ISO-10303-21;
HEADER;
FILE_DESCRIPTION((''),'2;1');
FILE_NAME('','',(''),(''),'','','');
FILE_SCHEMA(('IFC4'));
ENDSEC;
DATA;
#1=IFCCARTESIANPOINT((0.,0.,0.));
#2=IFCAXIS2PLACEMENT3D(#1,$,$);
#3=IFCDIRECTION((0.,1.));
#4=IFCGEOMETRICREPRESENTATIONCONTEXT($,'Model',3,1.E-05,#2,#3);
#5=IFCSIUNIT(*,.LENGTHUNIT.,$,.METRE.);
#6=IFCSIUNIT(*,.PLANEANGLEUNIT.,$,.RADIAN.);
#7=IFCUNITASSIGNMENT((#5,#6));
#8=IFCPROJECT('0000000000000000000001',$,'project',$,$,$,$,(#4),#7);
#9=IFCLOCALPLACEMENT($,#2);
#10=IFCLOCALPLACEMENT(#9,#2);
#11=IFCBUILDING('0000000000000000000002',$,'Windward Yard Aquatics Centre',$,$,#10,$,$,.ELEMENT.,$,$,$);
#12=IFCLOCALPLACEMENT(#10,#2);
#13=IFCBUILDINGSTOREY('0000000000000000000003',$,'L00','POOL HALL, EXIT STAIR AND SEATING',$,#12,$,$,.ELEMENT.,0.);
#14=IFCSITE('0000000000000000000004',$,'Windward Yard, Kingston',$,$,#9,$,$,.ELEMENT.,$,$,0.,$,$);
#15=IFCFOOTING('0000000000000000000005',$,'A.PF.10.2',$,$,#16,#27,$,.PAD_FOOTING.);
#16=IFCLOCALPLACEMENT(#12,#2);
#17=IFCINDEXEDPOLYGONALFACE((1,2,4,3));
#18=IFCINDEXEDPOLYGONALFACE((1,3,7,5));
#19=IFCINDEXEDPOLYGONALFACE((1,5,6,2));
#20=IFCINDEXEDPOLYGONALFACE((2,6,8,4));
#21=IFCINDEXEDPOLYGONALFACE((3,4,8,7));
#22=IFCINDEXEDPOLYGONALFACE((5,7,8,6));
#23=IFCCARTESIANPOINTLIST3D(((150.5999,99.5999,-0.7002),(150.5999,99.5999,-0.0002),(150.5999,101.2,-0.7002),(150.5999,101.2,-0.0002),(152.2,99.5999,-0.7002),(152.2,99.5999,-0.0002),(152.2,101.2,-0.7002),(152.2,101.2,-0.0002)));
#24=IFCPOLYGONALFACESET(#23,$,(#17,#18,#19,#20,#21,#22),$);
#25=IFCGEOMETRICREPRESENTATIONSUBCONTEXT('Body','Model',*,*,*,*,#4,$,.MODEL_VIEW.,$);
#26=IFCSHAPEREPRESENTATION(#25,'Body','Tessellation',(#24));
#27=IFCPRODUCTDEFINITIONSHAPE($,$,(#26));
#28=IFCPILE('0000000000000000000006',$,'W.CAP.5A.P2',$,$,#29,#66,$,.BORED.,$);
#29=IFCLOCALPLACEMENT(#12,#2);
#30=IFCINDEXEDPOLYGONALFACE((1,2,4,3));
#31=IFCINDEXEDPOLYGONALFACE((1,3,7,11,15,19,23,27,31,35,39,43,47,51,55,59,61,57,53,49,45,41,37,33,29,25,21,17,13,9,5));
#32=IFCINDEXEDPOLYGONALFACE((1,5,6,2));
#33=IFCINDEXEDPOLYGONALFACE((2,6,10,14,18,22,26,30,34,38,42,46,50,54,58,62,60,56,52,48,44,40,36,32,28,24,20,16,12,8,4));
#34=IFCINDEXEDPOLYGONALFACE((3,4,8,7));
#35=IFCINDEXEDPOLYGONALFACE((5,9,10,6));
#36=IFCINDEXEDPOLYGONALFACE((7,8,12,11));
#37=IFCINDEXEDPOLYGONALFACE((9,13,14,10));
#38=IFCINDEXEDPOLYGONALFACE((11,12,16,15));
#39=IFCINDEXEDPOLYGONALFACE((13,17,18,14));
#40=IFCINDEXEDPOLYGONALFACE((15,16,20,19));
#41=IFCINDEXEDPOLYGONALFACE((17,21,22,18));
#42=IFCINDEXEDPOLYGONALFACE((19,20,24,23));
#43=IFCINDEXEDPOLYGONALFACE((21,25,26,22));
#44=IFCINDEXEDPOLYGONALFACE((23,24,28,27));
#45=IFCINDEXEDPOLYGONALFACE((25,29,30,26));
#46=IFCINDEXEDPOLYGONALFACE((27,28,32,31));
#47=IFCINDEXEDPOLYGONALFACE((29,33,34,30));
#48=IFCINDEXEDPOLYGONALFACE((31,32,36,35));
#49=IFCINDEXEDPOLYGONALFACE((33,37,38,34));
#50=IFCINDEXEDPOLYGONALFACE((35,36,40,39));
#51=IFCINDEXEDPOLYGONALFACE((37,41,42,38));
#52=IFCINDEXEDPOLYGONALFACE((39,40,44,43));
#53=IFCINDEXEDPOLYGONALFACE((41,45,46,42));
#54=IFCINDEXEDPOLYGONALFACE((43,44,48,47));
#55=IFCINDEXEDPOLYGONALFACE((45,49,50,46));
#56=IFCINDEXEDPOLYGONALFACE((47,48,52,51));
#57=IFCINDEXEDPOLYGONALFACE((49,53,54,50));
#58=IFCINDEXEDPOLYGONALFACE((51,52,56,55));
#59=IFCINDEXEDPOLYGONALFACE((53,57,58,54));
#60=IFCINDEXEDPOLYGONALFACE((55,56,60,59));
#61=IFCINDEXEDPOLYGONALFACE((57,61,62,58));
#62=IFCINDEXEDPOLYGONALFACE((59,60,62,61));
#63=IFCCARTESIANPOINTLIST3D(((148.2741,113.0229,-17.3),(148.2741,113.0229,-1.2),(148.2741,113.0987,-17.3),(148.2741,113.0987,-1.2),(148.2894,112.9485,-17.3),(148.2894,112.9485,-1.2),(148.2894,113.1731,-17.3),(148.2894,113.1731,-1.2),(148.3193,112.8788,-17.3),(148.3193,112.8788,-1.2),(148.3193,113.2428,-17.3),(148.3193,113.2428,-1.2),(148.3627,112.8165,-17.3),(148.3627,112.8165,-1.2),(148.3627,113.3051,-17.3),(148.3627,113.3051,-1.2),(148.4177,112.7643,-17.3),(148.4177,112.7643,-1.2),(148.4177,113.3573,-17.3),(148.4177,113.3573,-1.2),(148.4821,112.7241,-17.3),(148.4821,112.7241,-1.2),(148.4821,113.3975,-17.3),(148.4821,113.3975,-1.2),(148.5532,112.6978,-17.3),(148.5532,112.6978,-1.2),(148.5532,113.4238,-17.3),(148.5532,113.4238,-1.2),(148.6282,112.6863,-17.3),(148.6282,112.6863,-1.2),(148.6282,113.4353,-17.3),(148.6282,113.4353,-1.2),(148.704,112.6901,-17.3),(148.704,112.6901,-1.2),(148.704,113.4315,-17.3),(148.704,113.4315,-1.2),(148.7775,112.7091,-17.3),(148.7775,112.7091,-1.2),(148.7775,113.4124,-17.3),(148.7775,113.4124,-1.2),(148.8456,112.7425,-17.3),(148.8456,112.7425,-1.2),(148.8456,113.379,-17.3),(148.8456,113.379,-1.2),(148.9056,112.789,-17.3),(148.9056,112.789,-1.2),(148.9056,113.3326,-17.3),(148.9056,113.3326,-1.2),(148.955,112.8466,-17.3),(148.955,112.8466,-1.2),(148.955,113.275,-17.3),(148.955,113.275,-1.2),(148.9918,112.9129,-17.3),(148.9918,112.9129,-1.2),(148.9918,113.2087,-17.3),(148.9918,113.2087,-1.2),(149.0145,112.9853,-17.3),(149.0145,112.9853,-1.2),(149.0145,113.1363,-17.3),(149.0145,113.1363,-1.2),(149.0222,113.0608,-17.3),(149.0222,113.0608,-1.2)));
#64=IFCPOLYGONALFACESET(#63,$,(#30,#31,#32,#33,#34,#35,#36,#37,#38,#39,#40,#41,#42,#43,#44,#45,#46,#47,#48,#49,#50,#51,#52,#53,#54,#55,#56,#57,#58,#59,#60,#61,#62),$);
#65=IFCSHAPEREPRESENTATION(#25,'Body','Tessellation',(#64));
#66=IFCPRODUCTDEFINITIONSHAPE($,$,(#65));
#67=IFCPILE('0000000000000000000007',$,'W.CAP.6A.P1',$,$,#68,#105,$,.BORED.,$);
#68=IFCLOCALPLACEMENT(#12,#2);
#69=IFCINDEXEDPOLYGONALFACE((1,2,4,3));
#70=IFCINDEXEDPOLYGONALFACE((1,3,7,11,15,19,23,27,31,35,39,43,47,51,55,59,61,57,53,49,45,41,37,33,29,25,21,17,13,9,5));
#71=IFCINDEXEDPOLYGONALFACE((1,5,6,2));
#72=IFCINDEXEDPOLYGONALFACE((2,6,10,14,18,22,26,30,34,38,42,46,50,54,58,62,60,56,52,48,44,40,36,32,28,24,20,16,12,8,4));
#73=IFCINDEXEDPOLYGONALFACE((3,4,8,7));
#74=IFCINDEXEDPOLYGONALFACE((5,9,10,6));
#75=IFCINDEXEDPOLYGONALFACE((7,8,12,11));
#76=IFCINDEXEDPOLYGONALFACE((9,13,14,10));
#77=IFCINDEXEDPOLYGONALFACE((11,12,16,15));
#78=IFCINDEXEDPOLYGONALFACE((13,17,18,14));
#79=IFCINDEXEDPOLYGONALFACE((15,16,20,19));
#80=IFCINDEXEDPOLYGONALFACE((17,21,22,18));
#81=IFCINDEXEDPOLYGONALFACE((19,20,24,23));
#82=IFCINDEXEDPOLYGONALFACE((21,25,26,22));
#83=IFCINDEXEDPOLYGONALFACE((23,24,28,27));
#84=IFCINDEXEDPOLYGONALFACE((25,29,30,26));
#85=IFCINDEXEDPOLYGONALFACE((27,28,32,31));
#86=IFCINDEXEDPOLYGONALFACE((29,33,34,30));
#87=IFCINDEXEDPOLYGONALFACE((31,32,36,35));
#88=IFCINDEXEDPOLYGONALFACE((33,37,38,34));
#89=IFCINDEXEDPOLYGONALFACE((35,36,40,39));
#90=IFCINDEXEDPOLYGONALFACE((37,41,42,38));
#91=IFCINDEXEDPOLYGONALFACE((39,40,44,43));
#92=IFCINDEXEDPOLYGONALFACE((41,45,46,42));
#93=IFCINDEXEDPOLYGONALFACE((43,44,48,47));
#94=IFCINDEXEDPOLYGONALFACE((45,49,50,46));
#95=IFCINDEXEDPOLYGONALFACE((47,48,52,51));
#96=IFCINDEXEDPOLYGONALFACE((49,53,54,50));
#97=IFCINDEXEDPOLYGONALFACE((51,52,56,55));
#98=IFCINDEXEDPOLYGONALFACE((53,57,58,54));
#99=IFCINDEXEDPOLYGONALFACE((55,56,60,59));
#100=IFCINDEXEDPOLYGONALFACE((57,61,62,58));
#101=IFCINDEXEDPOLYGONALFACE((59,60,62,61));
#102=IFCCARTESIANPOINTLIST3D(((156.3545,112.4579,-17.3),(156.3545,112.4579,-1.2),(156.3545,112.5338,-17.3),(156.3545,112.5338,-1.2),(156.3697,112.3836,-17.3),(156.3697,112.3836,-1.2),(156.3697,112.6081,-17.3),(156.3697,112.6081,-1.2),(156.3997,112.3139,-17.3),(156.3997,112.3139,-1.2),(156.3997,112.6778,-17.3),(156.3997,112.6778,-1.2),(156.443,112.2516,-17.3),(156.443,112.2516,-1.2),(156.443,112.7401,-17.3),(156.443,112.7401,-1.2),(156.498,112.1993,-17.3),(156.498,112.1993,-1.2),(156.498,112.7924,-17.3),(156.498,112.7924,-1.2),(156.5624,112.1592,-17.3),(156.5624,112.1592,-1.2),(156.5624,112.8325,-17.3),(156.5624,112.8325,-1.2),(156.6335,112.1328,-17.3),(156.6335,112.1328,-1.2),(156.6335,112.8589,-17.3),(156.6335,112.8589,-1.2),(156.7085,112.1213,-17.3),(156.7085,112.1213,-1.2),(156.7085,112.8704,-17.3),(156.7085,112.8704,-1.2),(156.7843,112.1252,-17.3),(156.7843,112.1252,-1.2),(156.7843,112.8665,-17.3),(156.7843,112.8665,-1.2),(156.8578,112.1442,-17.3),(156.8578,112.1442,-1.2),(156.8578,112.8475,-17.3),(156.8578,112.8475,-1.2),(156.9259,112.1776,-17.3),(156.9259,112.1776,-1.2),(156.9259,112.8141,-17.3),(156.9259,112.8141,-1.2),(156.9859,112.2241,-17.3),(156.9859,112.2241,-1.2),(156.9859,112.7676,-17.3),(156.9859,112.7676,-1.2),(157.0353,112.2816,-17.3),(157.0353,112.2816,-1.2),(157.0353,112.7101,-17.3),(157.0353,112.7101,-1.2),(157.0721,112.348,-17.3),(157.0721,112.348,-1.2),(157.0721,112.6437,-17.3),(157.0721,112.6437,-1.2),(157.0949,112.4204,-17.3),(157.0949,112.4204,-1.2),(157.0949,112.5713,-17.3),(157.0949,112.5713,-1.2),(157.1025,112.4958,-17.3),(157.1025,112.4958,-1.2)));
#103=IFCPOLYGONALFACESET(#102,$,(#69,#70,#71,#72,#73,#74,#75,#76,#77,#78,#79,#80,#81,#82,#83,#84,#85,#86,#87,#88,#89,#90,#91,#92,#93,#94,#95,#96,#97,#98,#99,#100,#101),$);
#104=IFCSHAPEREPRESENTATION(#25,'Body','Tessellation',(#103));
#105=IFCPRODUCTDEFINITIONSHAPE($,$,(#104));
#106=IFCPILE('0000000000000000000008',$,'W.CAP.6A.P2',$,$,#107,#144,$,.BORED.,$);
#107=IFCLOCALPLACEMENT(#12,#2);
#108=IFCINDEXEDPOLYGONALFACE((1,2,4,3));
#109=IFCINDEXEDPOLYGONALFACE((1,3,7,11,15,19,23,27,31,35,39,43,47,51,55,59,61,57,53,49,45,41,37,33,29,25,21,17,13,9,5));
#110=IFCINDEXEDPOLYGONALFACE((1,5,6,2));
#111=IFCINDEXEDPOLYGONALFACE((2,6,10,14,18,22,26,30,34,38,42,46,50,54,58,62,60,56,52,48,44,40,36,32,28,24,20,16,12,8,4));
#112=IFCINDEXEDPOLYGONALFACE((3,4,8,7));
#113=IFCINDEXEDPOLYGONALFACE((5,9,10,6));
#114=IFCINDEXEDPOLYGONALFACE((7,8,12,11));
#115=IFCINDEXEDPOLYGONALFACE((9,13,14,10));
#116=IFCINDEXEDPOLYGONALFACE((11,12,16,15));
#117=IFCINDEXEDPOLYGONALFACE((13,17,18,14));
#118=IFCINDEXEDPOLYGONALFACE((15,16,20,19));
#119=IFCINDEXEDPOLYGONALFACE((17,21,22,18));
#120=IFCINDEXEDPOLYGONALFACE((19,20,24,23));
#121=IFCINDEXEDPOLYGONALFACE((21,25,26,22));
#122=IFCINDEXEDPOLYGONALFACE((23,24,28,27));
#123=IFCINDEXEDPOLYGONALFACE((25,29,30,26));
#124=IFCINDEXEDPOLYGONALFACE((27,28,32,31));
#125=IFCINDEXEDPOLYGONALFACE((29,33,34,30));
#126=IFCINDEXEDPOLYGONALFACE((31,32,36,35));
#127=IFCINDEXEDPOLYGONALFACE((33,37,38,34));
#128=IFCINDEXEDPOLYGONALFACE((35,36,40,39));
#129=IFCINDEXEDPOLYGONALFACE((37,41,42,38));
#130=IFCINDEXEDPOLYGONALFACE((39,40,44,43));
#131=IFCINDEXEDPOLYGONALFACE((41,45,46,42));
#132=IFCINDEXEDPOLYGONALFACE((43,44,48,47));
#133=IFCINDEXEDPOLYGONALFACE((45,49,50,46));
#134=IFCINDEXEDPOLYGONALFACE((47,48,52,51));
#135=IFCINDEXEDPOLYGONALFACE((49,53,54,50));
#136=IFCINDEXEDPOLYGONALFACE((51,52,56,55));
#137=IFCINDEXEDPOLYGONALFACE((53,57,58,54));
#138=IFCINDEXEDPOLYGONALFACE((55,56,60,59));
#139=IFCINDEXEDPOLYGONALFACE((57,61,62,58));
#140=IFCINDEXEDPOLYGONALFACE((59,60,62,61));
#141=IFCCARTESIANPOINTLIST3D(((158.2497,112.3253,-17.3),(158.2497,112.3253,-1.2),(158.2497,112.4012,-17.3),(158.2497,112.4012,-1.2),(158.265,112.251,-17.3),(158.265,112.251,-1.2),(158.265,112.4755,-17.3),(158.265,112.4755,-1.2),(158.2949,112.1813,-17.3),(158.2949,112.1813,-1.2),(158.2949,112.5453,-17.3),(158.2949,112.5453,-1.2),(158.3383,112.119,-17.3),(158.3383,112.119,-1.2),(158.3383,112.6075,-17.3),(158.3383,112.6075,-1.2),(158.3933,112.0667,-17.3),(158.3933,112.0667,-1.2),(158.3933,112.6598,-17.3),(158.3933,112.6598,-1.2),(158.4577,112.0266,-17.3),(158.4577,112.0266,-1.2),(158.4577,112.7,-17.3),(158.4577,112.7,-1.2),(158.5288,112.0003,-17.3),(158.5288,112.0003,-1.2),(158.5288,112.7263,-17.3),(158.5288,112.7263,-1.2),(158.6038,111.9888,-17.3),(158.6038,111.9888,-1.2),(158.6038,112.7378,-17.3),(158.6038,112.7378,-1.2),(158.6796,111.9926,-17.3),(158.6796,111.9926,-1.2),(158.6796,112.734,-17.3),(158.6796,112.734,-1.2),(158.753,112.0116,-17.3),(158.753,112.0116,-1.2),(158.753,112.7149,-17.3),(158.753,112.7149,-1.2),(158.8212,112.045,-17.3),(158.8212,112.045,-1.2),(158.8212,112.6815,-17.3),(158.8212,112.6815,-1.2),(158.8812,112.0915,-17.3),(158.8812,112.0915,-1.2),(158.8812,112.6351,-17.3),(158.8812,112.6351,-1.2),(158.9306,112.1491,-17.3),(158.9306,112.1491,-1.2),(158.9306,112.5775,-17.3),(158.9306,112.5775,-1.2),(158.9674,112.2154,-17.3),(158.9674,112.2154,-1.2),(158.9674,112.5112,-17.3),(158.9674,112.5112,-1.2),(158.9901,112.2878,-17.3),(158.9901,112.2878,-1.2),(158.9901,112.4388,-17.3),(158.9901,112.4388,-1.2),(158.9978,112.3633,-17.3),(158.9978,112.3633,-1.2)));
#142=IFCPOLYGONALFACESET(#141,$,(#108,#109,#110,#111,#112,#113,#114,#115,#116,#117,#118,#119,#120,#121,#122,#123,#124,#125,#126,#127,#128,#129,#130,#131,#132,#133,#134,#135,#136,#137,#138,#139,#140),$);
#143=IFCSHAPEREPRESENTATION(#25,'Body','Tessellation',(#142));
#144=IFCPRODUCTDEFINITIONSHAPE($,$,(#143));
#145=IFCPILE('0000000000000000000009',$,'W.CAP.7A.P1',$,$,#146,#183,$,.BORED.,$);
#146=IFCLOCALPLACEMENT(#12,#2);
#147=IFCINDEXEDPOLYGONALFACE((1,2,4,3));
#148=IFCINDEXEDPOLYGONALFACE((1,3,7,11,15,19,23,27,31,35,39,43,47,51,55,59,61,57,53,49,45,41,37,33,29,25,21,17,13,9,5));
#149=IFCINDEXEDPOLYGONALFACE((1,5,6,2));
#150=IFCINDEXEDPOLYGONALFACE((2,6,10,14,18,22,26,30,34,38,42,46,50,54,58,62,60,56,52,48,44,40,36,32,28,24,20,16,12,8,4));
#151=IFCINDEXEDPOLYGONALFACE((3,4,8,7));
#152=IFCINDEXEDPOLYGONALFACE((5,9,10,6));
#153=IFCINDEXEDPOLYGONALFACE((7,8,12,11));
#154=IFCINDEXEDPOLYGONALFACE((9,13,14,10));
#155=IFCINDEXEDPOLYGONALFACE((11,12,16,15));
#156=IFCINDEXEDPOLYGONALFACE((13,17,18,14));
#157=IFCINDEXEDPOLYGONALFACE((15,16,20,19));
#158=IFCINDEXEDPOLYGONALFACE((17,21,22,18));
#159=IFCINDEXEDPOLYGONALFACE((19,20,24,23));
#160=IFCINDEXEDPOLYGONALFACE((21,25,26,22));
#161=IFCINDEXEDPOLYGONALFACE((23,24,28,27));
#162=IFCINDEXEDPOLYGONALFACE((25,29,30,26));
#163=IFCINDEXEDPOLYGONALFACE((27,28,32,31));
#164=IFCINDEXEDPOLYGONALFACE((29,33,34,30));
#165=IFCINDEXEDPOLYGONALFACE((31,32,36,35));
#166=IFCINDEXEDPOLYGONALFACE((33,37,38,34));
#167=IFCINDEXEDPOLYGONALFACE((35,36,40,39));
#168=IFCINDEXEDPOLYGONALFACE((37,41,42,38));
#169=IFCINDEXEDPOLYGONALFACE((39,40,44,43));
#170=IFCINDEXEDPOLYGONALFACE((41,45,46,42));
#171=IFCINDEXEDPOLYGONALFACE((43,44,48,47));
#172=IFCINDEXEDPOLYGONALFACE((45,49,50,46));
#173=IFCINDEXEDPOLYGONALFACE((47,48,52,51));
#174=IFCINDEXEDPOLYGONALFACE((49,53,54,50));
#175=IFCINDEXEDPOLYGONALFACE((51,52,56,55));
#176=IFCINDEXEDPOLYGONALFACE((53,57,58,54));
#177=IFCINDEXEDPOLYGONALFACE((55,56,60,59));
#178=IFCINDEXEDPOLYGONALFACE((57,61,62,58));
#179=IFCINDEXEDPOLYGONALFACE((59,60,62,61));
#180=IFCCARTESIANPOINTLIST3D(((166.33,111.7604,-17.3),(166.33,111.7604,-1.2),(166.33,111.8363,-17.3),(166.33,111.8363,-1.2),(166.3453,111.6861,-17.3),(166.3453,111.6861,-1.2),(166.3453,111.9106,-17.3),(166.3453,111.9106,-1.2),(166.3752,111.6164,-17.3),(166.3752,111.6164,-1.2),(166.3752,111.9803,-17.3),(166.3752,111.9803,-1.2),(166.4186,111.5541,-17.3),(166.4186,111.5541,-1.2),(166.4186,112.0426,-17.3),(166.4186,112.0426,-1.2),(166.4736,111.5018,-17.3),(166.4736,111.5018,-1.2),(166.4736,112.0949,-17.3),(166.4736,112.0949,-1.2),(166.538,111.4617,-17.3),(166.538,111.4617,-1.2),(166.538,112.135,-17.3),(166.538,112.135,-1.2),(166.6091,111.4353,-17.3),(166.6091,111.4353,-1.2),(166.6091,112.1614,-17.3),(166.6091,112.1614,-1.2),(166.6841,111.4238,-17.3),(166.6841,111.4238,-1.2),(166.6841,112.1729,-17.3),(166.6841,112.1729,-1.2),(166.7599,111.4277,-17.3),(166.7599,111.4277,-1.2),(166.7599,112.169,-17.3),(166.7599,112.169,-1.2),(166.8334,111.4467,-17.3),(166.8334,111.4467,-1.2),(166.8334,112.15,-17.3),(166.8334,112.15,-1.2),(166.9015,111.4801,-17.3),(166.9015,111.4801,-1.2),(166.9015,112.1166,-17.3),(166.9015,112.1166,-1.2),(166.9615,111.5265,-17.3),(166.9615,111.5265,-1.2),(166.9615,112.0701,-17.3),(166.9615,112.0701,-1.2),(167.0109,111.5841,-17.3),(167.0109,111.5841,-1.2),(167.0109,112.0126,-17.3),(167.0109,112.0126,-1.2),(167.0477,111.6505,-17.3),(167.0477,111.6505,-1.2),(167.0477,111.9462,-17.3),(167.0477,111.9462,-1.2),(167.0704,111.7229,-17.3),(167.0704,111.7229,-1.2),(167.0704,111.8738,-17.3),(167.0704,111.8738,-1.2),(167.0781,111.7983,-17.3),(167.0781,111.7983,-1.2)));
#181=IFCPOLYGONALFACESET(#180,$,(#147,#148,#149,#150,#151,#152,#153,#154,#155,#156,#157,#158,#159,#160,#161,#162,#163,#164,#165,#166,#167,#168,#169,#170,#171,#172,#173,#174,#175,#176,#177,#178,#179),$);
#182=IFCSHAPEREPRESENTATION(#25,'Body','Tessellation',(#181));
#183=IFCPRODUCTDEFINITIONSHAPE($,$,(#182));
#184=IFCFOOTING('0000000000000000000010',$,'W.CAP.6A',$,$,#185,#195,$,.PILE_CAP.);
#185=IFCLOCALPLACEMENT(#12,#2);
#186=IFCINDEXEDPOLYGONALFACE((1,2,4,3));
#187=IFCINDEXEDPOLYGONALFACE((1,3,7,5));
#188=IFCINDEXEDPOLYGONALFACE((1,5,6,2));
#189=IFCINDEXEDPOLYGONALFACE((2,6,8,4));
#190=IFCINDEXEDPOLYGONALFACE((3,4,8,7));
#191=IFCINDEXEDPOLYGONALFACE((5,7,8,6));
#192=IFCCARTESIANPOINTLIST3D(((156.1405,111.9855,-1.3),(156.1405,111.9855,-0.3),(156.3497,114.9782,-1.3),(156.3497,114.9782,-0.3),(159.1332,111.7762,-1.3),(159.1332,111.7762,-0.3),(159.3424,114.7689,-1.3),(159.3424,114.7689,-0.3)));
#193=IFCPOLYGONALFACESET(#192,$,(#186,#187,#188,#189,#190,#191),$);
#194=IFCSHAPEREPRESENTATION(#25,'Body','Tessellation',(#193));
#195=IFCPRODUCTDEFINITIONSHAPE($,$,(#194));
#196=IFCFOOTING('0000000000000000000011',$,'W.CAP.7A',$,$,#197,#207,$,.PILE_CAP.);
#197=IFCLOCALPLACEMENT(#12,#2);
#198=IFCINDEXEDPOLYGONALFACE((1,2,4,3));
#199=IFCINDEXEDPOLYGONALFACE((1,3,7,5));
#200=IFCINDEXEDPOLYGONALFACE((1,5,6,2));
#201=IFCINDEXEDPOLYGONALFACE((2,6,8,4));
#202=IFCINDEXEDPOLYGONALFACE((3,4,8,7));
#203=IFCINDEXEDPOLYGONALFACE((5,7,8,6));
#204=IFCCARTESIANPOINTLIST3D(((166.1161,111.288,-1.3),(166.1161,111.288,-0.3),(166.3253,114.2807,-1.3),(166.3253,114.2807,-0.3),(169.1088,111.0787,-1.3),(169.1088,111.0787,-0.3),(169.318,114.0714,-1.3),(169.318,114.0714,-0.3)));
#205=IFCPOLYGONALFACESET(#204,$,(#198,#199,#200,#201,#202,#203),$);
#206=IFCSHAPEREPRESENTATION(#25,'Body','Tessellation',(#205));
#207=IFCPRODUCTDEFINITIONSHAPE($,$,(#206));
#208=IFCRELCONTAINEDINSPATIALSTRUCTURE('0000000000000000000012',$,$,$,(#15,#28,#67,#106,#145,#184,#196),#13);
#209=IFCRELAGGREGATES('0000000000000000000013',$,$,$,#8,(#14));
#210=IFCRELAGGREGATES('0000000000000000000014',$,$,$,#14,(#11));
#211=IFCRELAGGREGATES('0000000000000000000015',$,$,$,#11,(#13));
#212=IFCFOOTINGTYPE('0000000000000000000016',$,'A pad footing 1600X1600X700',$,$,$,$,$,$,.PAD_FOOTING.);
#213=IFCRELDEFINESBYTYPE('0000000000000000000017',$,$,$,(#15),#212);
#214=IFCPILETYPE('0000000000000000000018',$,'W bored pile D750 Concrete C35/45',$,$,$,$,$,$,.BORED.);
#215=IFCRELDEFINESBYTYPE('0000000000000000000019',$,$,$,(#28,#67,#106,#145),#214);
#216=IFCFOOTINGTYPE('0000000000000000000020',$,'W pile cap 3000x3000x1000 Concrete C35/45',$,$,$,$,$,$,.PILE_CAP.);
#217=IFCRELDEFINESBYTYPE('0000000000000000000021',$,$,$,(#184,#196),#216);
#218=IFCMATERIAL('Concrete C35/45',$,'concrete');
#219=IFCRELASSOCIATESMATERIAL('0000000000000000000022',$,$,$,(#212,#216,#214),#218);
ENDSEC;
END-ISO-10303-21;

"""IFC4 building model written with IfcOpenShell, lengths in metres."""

from ifc_helpers import new_model, si_unit, direction, frame, origin, origin_2d, place, context, subcontext, project, spatial, rectangle, circle, extrude, material, material_profile, profile_set, type_object, element, save


model = new_model("IFC4")

# Units and contexts
model_context = context("Model", 3, precision=1e-05, world=origin(), true_north=direction((0.0, 1.0)))
body_context = subcontext(model_context, "Body", "Model", "MODEL_VIEW")
ifc_project = project(units=[si_unit("LENGTHUNIT", "METRE"), si_unit("PLANEANGLEUNIT", "RADIAN")], contexts=[model_context])

# Site, building, storey
site_placement = place(None, origin())
site = spatial("IfcSite", under=ifc_project, at=site_placement, Name="Windward Yard, Kingston", CompositionType="ELEMENT", RefElevation=0.0)
building_placement = place(site_placement, origin())
building = spatial("IfcBuilding", under=site, at=building_placement, Name="Windward Yard Aquatics Centre", CompositionType="ELEMENT")
storey_placement = place(building_placement, origin())
storey = spatial("IfcBuildingStorey", under=building, at=storey_placement, Name="L00", Description="POOL HALL, EXIT STAIR AND SEATING", CompositionType="ELEMENT", Elevation=0.0)

# Footing
ifc_material_1 = material(Name="Concrete C35/45", Category="concrete")
footing_type_1 = type_object("IfcFootingType", Name="A pad footing 1600X1600X700", PredefinedType="PAD_FOOTING", material=ifc_material_1)
footing_placement = place(storey_placement, frame((151.3999, 100.3999, -0.7002), z_axis=(0.0, 0.0, 1.0), x_axis=(1.0, 0.0, 0.0)))
element("IfcFooting", 1, at=footing_placement, inside=storey, type_object=footing_type_1, Name="A.PF.10.2", PredefinedType="PAD_FOOTING", context=body_context, shape_type="SweptSolid", body=[
    extrude(rectangle(XDim=1.6001, YDim=1.6001, at=origin_2d()), origin(), (0.0, 0.0, 1.0), 0.7),
])

# Piles
ifc_material_profile_1 = material_profile(ifc_material_1, circle(Radius=0.375, at=origin_2d()), Name="D750")
ifc_profile_set_1 = profile_set([ifc_material_profile_1], Name="Concrete C35/45")
pile_type = type_object("IfcPileType", Name="W bored pile D750 Concrete C35/45", PredefinedType="BORED", material=ifc_profile_set_1)
for number, where, z_axis, x_axis, name in (
    (2, (148.6472, 113.0608, -1.2), (0.0, 0.0, -1.0), (1.0, 0.0, 0.0), "W.CAP.5A.P2"),
    (3, (156.7275, 112.4958, -1.2), (0.0, 0.0, -1.0), (1.0, 0.0, 0.0), "W.CAP.6A.P1"),
    (4, (158.6228, 112.3633, -1.2), (0.0, 0.0, -1.0), (1.0, 0.0, 0.0), "W.CAP.6A.P2"),
    (5, (166.7031, 111.7983, -1.2), (0.0, 0.0, -1.0), (1.0, 0.0, 0.0), "W.CAP.7A.P1"),
):
    element("IfcPile", number, at=place(storey_placement, frame(where, z_axis=z_axis, x_axis=x_axis)), inside=storey, type_object=pile_type, Name=name, PredefinedType="BORED", context=body_context, shape_type="SweptSolid", body=[
        extrude(circle(Radius=0.375, at=origin_2d()), origin(), (0.0, 0.0, 1.0), 16.1001),
    ])

# Footings
footing_type_2 = type_object("IfcFootingType", Name="W pile cap 3000x3000x1000 Concrete C35/45", PredefinedType="PILE_CAP", material=ifc_material_1)
for number, where, z_axis, x_axis, name in (
    (6, (157.7415, 113.3772, -1.3), (0.0, 0.0, 1.0), (0.997564, -0.069756, 0.0), "W.CAP.6A"),
    (7, (167.717, 112.6797, -1.3), (0.0, 0.0, 1.0), (0.997564, -0.069756, 0.0), "W.CAP.7A"),
):
    element("IfcFooting", number, at=place(storey_placement, frame(where, z_axis=z_axis, x_axis=x_axis)), inside=storey, type_object=footing_type_2, Name=name, PredefinedType="PILE_CAP", context=body_context, shape_type="SweptSolid", body=[
        extrude(rectangle(XDim=3.0, YDim=3.0, at=origin_2d()), origin(), (0.0, 0.0, 1.0), 1.0),
    ])

save(model, "model.ifc")
